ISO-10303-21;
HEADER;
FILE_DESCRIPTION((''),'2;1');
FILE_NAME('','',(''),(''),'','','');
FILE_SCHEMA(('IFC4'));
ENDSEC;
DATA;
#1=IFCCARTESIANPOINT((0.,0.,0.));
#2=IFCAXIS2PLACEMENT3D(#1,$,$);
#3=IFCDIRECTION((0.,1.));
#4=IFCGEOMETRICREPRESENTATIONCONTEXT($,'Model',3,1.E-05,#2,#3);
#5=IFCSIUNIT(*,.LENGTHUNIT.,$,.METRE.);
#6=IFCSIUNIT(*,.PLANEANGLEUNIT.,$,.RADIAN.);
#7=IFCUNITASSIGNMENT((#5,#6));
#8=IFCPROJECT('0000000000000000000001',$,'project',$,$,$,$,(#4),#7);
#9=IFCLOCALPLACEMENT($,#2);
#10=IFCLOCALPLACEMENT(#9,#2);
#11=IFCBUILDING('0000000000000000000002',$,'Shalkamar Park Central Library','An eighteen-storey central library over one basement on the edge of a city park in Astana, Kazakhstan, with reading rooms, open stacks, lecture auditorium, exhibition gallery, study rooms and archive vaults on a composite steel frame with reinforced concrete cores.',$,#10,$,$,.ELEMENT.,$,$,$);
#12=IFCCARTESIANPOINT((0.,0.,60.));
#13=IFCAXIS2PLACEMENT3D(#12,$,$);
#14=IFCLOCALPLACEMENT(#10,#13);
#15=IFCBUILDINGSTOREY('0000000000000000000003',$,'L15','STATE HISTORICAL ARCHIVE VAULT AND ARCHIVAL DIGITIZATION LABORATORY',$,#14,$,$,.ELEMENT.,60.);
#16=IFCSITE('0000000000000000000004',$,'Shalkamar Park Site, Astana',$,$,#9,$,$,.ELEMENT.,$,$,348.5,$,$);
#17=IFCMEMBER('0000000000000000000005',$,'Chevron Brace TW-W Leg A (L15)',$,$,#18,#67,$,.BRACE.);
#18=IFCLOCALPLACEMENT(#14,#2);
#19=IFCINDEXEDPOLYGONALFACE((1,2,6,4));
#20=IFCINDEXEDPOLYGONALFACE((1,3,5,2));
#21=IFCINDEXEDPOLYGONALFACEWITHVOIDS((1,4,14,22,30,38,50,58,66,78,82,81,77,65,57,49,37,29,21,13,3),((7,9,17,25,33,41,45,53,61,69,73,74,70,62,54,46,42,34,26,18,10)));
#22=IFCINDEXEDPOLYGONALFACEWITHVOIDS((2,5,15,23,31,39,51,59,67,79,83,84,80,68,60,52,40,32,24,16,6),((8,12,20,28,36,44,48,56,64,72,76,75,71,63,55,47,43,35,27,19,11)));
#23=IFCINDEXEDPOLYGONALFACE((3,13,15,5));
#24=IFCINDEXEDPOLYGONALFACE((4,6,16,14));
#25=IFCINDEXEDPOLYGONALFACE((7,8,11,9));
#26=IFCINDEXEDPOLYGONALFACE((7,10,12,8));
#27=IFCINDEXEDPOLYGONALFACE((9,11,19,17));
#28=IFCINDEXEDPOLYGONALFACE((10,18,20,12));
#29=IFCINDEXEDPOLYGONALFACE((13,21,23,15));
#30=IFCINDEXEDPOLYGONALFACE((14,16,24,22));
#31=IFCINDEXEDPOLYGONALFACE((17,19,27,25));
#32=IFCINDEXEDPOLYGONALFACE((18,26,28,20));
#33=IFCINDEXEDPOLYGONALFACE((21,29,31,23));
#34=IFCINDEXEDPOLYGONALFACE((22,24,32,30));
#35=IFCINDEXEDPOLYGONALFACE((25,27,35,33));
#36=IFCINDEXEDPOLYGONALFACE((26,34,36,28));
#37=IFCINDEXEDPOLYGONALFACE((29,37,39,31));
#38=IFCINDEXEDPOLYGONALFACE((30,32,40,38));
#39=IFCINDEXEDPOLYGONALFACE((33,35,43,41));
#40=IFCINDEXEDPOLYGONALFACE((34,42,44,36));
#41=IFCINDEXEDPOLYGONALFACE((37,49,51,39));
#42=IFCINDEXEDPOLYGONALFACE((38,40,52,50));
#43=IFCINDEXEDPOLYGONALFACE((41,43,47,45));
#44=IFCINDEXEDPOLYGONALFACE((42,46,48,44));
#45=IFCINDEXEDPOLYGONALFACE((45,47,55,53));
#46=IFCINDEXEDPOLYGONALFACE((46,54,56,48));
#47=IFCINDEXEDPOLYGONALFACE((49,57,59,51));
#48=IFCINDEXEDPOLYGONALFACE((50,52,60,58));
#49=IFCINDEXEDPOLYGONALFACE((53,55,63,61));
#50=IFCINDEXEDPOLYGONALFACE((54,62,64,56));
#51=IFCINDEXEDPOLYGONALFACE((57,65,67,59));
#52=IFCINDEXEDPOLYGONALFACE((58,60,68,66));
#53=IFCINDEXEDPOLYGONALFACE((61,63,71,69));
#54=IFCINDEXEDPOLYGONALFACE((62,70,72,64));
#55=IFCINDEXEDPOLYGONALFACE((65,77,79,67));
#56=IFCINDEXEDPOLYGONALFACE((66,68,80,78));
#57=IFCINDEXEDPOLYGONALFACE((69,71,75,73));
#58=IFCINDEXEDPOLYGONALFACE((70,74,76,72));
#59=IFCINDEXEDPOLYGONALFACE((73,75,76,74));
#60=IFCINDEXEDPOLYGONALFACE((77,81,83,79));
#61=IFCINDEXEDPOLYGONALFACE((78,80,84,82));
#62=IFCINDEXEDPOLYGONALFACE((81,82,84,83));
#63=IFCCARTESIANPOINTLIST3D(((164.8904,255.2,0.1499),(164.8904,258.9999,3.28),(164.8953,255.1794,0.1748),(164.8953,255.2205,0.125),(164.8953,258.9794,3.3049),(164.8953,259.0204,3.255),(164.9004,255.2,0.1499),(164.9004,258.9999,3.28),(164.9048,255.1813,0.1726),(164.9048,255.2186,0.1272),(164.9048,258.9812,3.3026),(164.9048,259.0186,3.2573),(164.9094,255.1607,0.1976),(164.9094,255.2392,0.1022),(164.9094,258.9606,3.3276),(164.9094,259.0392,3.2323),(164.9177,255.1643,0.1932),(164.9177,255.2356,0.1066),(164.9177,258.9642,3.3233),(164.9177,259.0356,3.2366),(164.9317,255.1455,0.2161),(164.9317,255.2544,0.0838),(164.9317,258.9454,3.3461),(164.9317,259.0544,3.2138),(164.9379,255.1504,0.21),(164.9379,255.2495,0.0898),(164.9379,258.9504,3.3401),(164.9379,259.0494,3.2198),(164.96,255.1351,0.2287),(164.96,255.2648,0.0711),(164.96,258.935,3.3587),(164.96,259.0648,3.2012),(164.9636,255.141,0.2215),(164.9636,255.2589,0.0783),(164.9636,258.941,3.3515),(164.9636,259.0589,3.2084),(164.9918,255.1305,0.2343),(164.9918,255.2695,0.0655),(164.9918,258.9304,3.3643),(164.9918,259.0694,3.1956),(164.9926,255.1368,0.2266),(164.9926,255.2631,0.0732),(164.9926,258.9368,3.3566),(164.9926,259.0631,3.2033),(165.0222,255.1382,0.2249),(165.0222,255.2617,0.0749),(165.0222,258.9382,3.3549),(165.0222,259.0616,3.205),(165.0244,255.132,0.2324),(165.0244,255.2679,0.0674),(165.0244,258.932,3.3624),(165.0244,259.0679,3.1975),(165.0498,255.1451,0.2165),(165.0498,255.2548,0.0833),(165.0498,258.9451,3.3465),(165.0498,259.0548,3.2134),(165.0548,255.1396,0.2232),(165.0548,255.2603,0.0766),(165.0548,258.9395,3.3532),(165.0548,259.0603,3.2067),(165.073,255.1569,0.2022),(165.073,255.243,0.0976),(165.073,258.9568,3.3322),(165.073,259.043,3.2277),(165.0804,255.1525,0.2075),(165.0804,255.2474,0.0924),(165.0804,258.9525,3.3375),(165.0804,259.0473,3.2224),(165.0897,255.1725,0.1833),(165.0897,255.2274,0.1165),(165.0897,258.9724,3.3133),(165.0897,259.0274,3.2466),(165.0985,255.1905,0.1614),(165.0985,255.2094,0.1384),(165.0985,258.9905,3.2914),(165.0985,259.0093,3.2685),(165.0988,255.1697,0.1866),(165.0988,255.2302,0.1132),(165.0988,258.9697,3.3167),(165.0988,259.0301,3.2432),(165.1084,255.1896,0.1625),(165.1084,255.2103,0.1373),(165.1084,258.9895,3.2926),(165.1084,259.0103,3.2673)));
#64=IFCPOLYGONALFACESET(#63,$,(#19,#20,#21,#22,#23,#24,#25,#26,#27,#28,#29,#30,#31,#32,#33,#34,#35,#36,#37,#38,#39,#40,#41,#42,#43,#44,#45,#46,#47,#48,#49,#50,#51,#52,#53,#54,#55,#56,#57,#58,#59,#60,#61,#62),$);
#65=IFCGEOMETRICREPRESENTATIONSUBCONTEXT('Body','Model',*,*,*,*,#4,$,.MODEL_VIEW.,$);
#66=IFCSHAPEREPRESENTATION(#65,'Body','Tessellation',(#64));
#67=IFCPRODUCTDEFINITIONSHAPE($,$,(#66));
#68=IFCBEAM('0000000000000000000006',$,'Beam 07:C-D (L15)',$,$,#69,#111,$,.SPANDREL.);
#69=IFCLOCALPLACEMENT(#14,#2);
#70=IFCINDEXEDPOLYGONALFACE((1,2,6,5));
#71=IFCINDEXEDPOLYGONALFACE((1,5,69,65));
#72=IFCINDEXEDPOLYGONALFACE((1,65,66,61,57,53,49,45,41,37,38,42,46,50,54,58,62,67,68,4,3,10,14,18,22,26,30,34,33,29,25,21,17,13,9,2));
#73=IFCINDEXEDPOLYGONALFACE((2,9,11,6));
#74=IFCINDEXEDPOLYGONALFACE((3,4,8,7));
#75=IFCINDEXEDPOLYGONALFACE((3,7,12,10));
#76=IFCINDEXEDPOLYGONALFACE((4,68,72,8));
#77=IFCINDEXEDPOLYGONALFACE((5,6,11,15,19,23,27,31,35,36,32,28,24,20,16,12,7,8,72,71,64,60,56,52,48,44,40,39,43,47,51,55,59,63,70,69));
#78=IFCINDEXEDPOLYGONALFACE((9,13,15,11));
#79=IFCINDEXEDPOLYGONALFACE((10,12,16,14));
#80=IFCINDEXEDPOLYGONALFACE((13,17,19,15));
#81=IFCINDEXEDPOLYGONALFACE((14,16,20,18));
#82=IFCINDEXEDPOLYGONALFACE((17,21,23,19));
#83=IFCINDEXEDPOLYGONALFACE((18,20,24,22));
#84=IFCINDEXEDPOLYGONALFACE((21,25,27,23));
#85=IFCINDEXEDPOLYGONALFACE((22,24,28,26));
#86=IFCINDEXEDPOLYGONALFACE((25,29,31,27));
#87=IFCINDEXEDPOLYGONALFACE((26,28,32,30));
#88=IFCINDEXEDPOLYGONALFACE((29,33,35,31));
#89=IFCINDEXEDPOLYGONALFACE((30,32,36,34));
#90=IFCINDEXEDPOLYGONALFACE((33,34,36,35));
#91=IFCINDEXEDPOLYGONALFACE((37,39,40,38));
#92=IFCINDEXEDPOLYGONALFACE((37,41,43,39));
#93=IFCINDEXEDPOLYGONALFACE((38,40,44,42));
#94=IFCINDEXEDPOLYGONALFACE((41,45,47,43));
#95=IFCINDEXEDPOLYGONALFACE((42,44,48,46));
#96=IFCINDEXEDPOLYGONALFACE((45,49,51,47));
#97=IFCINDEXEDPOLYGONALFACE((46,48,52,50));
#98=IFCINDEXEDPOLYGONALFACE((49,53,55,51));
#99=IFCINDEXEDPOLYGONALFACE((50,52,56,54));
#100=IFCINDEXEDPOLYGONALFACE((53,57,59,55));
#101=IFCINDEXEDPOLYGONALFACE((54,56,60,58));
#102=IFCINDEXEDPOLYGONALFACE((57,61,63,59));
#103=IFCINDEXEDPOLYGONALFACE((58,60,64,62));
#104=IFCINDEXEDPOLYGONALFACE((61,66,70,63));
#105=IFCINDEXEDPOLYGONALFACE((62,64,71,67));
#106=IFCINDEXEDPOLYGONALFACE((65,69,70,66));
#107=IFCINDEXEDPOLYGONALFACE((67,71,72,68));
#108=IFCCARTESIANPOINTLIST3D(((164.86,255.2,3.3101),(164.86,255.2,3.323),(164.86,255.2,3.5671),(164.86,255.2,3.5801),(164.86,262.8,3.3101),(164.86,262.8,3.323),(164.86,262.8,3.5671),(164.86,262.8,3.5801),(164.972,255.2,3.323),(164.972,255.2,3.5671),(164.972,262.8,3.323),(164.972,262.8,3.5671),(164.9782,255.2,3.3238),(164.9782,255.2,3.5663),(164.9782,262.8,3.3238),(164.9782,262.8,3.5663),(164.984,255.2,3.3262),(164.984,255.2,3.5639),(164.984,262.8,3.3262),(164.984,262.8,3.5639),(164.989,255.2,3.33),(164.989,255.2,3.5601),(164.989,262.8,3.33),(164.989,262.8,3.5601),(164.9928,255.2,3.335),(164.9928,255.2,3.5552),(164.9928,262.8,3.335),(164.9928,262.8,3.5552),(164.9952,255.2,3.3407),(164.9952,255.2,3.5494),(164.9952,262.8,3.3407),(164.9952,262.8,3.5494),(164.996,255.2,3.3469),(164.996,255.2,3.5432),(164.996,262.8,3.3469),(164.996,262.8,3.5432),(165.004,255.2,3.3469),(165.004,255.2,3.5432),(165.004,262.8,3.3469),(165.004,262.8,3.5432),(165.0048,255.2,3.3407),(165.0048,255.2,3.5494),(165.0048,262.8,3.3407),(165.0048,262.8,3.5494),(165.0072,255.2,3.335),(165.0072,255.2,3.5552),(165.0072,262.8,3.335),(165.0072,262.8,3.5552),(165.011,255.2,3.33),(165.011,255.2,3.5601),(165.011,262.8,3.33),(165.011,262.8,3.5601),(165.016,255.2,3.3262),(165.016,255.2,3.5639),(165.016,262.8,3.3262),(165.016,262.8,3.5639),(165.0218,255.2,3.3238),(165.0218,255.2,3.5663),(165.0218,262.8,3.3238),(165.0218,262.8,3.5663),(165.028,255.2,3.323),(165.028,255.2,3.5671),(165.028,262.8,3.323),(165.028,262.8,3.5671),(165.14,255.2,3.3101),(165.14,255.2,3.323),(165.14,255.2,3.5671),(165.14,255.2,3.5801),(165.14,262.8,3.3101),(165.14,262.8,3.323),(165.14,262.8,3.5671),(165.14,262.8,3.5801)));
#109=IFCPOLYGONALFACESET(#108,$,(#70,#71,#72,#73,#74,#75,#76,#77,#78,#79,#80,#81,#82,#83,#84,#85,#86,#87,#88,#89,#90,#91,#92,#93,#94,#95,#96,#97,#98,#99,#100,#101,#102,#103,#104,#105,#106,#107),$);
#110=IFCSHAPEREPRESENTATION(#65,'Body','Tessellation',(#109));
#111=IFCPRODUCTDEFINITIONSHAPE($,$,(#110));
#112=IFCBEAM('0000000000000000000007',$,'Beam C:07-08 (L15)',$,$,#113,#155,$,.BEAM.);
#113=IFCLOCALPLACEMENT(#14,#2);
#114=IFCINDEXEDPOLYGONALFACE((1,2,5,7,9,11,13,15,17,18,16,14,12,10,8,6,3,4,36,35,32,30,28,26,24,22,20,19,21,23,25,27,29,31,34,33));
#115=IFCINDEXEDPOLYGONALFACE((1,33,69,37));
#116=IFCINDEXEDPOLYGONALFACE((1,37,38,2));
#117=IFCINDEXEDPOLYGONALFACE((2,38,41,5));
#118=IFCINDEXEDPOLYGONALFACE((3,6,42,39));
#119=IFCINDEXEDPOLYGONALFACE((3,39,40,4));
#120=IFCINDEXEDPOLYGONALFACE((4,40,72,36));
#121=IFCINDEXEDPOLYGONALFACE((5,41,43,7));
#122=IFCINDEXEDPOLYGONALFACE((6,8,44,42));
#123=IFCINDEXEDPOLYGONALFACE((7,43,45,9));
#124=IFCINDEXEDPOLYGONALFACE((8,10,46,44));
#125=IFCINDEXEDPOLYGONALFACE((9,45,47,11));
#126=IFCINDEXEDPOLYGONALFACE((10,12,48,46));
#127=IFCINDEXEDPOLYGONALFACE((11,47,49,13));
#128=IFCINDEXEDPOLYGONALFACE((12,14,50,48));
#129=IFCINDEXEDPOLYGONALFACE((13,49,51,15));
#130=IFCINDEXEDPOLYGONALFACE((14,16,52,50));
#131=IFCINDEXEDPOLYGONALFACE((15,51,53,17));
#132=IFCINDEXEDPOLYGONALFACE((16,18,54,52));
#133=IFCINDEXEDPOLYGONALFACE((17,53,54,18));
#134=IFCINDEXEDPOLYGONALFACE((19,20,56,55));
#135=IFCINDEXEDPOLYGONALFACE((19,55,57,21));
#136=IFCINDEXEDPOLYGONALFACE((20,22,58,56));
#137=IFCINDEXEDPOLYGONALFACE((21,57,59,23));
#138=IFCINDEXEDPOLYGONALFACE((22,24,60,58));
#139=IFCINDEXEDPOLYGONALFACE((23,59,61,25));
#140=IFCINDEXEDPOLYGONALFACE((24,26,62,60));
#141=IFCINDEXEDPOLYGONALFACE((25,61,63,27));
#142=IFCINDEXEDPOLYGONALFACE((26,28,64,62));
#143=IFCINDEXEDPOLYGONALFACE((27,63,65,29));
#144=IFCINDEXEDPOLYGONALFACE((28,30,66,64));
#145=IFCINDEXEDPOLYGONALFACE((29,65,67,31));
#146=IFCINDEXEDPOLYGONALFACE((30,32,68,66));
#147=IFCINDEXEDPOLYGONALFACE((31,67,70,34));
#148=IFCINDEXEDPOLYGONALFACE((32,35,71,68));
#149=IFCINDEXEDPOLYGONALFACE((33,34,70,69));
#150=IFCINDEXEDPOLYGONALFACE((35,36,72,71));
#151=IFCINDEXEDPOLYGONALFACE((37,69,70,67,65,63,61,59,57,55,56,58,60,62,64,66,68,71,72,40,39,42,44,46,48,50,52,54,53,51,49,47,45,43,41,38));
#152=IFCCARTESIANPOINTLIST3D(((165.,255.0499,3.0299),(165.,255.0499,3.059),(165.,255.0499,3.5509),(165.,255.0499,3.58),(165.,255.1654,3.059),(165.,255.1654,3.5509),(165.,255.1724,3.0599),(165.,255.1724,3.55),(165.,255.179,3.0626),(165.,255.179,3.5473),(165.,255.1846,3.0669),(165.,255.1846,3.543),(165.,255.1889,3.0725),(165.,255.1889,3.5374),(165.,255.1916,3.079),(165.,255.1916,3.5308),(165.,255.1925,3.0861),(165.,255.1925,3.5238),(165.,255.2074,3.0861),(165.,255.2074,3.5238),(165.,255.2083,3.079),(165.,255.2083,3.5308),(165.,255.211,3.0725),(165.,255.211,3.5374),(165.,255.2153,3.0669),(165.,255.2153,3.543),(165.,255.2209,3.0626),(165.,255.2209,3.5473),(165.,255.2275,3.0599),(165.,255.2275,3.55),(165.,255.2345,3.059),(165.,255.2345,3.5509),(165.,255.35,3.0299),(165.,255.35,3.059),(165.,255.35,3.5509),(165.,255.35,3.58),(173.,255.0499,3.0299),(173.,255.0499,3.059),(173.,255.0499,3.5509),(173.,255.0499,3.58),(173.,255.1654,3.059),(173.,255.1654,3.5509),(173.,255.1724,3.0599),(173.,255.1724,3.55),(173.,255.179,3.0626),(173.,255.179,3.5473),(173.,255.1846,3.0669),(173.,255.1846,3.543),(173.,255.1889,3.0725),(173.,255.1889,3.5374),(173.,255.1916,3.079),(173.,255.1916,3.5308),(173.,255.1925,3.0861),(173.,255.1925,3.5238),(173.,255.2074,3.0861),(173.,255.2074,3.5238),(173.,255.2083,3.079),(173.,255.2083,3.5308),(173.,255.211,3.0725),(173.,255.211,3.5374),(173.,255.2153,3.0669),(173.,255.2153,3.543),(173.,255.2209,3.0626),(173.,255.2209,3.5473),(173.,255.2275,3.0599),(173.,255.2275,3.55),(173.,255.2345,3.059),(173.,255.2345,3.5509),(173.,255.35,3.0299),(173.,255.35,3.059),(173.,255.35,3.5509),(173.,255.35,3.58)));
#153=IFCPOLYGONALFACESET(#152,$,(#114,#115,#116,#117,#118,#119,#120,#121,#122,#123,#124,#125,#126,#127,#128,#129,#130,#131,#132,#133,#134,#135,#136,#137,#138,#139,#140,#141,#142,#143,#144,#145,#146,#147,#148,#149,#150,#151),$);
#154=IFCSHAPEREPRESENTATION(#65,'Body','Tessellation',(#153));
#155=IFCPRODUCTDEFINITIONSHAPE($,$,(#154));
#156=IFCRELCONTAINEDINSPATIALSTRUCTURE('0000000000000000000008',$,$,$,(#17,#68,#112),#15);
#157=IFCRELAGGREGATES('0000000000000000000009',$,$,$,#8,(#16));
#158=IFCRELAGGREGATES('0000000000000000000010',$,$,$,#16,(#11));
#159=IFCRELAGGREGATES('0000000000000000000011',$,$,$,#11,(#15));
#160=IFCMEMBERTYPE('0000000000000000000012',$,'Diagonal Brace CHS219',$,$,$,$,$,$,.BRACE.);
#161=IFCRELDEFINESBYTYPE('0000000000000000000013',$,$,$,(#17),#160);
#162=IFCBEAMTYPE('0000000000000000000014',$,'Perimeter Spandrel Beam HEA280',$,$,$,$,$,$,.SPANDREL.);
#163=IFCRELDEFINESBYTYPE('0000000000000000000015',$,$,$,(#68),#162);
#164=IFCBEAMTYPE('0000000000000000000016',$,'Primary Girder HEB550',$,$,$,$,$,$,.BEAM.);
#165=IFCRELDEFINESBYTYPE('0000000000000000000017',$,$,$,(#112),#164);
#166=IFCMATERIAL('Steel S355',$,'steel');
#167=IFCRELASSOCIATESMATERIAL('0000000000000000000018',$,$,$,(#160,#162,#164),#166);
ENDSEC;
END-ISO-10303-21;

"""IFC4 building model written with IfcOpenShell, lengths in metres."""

from ifc_helpers import new_model, si_unit, direction, frame, origin, origin_2d, place, context, subcontext, project, spatial, hollow_circle, i_section, extrude, material, material_profile, profile_set, type_object, element, save


model = new_model("IFC4")

# Units and contexts
model_context = context("Model", 3, precision=1e-05, world=origin(), true_north=direction((0.0, 1.0)))
body_context = subcontext(model_context, "Body", "Model", "MODEL_VIEW")
ifc_project = project(units=[si_unit("LENGTHUNIT", "METRE"), si_unit("PLANEANGLEUNIT", "RADIAN")], contexts=[model_context])

# Site, building, storey
site_placement = place(None, origin())
site = spatial("IfcSite", under=ifc_project, at=site_placement, Name="Shalkamar Park Site, Astana", CompositionType="ELEMENT", RefElevation=348.5)
building_placement = place(site_placement, origin())
building = spatial("IfcBuilding", under=site, at=building_placement, Name="Shalkamar Park Central Library", Description="An eighteen-storey central library over one basement on the edge of a city park in Astana, Kazakhstan, with reading rooms, open stacks, lecture auditorium, exhibition gallery, study rooms and archive vaults on a composite steel frame with reinforced concrete cores.", CompositionType="ELEMENT")
storey_placement = place(building_placement, frame((0.0, 0.0, 60.0)))
storey = spatial("IfcBuildingStorey", under=building, at=storey_placement, Name="L15", Description="STATE HISTORICAL ARCHIVE VAULT AND ARCHIVAL DIGITIZATION LABORATORY", CompositionType="ELEMENT", Elevation=60.0)

# Shared definitions
ifc_material_1 = material(Name="Steel S355", Category="steel")

# Member
ifc_material_profile_1 = material_profile(ifc_material_1, hollow_circle(Radius=0.1096, WallThickness=0.01, at=origin_2d()), Name="CHS 219.1x10")
ifc_profile_set_1 = profile_set([ifc_material_profile_1], Name="Steel S355")
member_type = type_object("IfcMemberType", Name="Diagonal Brace CHS219", PredefinedType="BRACE", material=ifc_profile_set_1)
member_placement = place(storey_placement, frame((165.0, 255.2, 0.1499), z_axis=(0.0, 0.771863, 0.635789), x_axis=(-1.0, 0.0, 0.0)))
element("IfcMember", 1, at=member_placement, inside=storey, type_object=member_type, Name="Chevron Brace TW-W Leg A (L15)", PredefinedType="BRACE", context=body_context, shape_type="SweptSolid", body=[
    extrude(hollow_circle(Radius=0.1096, WallThickness=0.01, at=origin_2d()), origin(), (0.0, 0.0, 1.0), 4.9231),
])

# Beams
ifc_material_profile_2 = material_profile(ifc_material_1, i_section(OverallWidth=0.28, OverallDepth=0.27, WebThickness=0.0081, FlangeThickness=0.0129, FilletRadius=0.0239, at=origin_2d()), Name="HEA 280")
ifc_profile_set_2 = profile_set([ifc_material_profile_2], Name="Steel S355")
beam_type_1 = type_object("IfcBeamType", Name="Perimeter Spandrel Beam HEA280", PredefinedType="SPANDREL", material=ifc_profile_set_2)
beam_1_placement = place(storey_placement, frame((165.0, 255.2, 3.4451), z_axis=(0.0, 1.0, 0.0), x_axis=(-1.0, 0.0, 0.0)))
element("IfcBeam", 2, at=beam_1_placement, inside=storey, type_object=beam_type_1, Name="Beam 07:C-D (L15)", PredefinedType="SPANDREL", context=body_context, shape_type="SweptSolid", body=[
    extrude(i_section(OverallWidth=0.28, OverallDepth=0.27, WebThickness=0.0081, FlangeThickness=0.0129, FilletRadius=0.0239, at=origin_2d()), origin(), (0.0, 0.0, 1.0), 7.6001),
])
ifc_material_profile_3 = material_profile(ifc_material_1, i_section(OverallWidth=0.3, OverallDepth=0.55, WebThickness=0.0149, FlangeThickness=0.0291, FilletRadius=0.0271, at=origin_2d()), Name="HEB 550")
ifc_profile_set_3 = profile_set([ifc_material_profile_3], Name="Steel S355")
beam_type_2 = type_object("IfcBeamType", Name="Primary Girder HEB550", PredefinedType="BEAM", material=ifc_profile_set_3)
beam_2_placement = place(storey_placement, frame((165.0, 255.2, 3.3049), z_axis=(1.0, 0.0, 0.0), x_axis=(0.0, 1.0, 0.0)))
element("IfcBeam", 3, at=beam_2_placement, inside=storey, type_object=beam_type_2, Name="Beam C:07-08 (L15)", PredefinedType="BEAM", context=body_context, shape_type="SweptSolid", body=[
    extrude(i_section(OverallWidth=0.3, OverallDepth=0.55, WebThickness=0.0149, FlangeThickness=0.0291, FilletRadius=0.0271, at=origin_2d()), origin(), (0.0, 0.0, 1.0), 8.0),
])

save(model, "model.ifc")
